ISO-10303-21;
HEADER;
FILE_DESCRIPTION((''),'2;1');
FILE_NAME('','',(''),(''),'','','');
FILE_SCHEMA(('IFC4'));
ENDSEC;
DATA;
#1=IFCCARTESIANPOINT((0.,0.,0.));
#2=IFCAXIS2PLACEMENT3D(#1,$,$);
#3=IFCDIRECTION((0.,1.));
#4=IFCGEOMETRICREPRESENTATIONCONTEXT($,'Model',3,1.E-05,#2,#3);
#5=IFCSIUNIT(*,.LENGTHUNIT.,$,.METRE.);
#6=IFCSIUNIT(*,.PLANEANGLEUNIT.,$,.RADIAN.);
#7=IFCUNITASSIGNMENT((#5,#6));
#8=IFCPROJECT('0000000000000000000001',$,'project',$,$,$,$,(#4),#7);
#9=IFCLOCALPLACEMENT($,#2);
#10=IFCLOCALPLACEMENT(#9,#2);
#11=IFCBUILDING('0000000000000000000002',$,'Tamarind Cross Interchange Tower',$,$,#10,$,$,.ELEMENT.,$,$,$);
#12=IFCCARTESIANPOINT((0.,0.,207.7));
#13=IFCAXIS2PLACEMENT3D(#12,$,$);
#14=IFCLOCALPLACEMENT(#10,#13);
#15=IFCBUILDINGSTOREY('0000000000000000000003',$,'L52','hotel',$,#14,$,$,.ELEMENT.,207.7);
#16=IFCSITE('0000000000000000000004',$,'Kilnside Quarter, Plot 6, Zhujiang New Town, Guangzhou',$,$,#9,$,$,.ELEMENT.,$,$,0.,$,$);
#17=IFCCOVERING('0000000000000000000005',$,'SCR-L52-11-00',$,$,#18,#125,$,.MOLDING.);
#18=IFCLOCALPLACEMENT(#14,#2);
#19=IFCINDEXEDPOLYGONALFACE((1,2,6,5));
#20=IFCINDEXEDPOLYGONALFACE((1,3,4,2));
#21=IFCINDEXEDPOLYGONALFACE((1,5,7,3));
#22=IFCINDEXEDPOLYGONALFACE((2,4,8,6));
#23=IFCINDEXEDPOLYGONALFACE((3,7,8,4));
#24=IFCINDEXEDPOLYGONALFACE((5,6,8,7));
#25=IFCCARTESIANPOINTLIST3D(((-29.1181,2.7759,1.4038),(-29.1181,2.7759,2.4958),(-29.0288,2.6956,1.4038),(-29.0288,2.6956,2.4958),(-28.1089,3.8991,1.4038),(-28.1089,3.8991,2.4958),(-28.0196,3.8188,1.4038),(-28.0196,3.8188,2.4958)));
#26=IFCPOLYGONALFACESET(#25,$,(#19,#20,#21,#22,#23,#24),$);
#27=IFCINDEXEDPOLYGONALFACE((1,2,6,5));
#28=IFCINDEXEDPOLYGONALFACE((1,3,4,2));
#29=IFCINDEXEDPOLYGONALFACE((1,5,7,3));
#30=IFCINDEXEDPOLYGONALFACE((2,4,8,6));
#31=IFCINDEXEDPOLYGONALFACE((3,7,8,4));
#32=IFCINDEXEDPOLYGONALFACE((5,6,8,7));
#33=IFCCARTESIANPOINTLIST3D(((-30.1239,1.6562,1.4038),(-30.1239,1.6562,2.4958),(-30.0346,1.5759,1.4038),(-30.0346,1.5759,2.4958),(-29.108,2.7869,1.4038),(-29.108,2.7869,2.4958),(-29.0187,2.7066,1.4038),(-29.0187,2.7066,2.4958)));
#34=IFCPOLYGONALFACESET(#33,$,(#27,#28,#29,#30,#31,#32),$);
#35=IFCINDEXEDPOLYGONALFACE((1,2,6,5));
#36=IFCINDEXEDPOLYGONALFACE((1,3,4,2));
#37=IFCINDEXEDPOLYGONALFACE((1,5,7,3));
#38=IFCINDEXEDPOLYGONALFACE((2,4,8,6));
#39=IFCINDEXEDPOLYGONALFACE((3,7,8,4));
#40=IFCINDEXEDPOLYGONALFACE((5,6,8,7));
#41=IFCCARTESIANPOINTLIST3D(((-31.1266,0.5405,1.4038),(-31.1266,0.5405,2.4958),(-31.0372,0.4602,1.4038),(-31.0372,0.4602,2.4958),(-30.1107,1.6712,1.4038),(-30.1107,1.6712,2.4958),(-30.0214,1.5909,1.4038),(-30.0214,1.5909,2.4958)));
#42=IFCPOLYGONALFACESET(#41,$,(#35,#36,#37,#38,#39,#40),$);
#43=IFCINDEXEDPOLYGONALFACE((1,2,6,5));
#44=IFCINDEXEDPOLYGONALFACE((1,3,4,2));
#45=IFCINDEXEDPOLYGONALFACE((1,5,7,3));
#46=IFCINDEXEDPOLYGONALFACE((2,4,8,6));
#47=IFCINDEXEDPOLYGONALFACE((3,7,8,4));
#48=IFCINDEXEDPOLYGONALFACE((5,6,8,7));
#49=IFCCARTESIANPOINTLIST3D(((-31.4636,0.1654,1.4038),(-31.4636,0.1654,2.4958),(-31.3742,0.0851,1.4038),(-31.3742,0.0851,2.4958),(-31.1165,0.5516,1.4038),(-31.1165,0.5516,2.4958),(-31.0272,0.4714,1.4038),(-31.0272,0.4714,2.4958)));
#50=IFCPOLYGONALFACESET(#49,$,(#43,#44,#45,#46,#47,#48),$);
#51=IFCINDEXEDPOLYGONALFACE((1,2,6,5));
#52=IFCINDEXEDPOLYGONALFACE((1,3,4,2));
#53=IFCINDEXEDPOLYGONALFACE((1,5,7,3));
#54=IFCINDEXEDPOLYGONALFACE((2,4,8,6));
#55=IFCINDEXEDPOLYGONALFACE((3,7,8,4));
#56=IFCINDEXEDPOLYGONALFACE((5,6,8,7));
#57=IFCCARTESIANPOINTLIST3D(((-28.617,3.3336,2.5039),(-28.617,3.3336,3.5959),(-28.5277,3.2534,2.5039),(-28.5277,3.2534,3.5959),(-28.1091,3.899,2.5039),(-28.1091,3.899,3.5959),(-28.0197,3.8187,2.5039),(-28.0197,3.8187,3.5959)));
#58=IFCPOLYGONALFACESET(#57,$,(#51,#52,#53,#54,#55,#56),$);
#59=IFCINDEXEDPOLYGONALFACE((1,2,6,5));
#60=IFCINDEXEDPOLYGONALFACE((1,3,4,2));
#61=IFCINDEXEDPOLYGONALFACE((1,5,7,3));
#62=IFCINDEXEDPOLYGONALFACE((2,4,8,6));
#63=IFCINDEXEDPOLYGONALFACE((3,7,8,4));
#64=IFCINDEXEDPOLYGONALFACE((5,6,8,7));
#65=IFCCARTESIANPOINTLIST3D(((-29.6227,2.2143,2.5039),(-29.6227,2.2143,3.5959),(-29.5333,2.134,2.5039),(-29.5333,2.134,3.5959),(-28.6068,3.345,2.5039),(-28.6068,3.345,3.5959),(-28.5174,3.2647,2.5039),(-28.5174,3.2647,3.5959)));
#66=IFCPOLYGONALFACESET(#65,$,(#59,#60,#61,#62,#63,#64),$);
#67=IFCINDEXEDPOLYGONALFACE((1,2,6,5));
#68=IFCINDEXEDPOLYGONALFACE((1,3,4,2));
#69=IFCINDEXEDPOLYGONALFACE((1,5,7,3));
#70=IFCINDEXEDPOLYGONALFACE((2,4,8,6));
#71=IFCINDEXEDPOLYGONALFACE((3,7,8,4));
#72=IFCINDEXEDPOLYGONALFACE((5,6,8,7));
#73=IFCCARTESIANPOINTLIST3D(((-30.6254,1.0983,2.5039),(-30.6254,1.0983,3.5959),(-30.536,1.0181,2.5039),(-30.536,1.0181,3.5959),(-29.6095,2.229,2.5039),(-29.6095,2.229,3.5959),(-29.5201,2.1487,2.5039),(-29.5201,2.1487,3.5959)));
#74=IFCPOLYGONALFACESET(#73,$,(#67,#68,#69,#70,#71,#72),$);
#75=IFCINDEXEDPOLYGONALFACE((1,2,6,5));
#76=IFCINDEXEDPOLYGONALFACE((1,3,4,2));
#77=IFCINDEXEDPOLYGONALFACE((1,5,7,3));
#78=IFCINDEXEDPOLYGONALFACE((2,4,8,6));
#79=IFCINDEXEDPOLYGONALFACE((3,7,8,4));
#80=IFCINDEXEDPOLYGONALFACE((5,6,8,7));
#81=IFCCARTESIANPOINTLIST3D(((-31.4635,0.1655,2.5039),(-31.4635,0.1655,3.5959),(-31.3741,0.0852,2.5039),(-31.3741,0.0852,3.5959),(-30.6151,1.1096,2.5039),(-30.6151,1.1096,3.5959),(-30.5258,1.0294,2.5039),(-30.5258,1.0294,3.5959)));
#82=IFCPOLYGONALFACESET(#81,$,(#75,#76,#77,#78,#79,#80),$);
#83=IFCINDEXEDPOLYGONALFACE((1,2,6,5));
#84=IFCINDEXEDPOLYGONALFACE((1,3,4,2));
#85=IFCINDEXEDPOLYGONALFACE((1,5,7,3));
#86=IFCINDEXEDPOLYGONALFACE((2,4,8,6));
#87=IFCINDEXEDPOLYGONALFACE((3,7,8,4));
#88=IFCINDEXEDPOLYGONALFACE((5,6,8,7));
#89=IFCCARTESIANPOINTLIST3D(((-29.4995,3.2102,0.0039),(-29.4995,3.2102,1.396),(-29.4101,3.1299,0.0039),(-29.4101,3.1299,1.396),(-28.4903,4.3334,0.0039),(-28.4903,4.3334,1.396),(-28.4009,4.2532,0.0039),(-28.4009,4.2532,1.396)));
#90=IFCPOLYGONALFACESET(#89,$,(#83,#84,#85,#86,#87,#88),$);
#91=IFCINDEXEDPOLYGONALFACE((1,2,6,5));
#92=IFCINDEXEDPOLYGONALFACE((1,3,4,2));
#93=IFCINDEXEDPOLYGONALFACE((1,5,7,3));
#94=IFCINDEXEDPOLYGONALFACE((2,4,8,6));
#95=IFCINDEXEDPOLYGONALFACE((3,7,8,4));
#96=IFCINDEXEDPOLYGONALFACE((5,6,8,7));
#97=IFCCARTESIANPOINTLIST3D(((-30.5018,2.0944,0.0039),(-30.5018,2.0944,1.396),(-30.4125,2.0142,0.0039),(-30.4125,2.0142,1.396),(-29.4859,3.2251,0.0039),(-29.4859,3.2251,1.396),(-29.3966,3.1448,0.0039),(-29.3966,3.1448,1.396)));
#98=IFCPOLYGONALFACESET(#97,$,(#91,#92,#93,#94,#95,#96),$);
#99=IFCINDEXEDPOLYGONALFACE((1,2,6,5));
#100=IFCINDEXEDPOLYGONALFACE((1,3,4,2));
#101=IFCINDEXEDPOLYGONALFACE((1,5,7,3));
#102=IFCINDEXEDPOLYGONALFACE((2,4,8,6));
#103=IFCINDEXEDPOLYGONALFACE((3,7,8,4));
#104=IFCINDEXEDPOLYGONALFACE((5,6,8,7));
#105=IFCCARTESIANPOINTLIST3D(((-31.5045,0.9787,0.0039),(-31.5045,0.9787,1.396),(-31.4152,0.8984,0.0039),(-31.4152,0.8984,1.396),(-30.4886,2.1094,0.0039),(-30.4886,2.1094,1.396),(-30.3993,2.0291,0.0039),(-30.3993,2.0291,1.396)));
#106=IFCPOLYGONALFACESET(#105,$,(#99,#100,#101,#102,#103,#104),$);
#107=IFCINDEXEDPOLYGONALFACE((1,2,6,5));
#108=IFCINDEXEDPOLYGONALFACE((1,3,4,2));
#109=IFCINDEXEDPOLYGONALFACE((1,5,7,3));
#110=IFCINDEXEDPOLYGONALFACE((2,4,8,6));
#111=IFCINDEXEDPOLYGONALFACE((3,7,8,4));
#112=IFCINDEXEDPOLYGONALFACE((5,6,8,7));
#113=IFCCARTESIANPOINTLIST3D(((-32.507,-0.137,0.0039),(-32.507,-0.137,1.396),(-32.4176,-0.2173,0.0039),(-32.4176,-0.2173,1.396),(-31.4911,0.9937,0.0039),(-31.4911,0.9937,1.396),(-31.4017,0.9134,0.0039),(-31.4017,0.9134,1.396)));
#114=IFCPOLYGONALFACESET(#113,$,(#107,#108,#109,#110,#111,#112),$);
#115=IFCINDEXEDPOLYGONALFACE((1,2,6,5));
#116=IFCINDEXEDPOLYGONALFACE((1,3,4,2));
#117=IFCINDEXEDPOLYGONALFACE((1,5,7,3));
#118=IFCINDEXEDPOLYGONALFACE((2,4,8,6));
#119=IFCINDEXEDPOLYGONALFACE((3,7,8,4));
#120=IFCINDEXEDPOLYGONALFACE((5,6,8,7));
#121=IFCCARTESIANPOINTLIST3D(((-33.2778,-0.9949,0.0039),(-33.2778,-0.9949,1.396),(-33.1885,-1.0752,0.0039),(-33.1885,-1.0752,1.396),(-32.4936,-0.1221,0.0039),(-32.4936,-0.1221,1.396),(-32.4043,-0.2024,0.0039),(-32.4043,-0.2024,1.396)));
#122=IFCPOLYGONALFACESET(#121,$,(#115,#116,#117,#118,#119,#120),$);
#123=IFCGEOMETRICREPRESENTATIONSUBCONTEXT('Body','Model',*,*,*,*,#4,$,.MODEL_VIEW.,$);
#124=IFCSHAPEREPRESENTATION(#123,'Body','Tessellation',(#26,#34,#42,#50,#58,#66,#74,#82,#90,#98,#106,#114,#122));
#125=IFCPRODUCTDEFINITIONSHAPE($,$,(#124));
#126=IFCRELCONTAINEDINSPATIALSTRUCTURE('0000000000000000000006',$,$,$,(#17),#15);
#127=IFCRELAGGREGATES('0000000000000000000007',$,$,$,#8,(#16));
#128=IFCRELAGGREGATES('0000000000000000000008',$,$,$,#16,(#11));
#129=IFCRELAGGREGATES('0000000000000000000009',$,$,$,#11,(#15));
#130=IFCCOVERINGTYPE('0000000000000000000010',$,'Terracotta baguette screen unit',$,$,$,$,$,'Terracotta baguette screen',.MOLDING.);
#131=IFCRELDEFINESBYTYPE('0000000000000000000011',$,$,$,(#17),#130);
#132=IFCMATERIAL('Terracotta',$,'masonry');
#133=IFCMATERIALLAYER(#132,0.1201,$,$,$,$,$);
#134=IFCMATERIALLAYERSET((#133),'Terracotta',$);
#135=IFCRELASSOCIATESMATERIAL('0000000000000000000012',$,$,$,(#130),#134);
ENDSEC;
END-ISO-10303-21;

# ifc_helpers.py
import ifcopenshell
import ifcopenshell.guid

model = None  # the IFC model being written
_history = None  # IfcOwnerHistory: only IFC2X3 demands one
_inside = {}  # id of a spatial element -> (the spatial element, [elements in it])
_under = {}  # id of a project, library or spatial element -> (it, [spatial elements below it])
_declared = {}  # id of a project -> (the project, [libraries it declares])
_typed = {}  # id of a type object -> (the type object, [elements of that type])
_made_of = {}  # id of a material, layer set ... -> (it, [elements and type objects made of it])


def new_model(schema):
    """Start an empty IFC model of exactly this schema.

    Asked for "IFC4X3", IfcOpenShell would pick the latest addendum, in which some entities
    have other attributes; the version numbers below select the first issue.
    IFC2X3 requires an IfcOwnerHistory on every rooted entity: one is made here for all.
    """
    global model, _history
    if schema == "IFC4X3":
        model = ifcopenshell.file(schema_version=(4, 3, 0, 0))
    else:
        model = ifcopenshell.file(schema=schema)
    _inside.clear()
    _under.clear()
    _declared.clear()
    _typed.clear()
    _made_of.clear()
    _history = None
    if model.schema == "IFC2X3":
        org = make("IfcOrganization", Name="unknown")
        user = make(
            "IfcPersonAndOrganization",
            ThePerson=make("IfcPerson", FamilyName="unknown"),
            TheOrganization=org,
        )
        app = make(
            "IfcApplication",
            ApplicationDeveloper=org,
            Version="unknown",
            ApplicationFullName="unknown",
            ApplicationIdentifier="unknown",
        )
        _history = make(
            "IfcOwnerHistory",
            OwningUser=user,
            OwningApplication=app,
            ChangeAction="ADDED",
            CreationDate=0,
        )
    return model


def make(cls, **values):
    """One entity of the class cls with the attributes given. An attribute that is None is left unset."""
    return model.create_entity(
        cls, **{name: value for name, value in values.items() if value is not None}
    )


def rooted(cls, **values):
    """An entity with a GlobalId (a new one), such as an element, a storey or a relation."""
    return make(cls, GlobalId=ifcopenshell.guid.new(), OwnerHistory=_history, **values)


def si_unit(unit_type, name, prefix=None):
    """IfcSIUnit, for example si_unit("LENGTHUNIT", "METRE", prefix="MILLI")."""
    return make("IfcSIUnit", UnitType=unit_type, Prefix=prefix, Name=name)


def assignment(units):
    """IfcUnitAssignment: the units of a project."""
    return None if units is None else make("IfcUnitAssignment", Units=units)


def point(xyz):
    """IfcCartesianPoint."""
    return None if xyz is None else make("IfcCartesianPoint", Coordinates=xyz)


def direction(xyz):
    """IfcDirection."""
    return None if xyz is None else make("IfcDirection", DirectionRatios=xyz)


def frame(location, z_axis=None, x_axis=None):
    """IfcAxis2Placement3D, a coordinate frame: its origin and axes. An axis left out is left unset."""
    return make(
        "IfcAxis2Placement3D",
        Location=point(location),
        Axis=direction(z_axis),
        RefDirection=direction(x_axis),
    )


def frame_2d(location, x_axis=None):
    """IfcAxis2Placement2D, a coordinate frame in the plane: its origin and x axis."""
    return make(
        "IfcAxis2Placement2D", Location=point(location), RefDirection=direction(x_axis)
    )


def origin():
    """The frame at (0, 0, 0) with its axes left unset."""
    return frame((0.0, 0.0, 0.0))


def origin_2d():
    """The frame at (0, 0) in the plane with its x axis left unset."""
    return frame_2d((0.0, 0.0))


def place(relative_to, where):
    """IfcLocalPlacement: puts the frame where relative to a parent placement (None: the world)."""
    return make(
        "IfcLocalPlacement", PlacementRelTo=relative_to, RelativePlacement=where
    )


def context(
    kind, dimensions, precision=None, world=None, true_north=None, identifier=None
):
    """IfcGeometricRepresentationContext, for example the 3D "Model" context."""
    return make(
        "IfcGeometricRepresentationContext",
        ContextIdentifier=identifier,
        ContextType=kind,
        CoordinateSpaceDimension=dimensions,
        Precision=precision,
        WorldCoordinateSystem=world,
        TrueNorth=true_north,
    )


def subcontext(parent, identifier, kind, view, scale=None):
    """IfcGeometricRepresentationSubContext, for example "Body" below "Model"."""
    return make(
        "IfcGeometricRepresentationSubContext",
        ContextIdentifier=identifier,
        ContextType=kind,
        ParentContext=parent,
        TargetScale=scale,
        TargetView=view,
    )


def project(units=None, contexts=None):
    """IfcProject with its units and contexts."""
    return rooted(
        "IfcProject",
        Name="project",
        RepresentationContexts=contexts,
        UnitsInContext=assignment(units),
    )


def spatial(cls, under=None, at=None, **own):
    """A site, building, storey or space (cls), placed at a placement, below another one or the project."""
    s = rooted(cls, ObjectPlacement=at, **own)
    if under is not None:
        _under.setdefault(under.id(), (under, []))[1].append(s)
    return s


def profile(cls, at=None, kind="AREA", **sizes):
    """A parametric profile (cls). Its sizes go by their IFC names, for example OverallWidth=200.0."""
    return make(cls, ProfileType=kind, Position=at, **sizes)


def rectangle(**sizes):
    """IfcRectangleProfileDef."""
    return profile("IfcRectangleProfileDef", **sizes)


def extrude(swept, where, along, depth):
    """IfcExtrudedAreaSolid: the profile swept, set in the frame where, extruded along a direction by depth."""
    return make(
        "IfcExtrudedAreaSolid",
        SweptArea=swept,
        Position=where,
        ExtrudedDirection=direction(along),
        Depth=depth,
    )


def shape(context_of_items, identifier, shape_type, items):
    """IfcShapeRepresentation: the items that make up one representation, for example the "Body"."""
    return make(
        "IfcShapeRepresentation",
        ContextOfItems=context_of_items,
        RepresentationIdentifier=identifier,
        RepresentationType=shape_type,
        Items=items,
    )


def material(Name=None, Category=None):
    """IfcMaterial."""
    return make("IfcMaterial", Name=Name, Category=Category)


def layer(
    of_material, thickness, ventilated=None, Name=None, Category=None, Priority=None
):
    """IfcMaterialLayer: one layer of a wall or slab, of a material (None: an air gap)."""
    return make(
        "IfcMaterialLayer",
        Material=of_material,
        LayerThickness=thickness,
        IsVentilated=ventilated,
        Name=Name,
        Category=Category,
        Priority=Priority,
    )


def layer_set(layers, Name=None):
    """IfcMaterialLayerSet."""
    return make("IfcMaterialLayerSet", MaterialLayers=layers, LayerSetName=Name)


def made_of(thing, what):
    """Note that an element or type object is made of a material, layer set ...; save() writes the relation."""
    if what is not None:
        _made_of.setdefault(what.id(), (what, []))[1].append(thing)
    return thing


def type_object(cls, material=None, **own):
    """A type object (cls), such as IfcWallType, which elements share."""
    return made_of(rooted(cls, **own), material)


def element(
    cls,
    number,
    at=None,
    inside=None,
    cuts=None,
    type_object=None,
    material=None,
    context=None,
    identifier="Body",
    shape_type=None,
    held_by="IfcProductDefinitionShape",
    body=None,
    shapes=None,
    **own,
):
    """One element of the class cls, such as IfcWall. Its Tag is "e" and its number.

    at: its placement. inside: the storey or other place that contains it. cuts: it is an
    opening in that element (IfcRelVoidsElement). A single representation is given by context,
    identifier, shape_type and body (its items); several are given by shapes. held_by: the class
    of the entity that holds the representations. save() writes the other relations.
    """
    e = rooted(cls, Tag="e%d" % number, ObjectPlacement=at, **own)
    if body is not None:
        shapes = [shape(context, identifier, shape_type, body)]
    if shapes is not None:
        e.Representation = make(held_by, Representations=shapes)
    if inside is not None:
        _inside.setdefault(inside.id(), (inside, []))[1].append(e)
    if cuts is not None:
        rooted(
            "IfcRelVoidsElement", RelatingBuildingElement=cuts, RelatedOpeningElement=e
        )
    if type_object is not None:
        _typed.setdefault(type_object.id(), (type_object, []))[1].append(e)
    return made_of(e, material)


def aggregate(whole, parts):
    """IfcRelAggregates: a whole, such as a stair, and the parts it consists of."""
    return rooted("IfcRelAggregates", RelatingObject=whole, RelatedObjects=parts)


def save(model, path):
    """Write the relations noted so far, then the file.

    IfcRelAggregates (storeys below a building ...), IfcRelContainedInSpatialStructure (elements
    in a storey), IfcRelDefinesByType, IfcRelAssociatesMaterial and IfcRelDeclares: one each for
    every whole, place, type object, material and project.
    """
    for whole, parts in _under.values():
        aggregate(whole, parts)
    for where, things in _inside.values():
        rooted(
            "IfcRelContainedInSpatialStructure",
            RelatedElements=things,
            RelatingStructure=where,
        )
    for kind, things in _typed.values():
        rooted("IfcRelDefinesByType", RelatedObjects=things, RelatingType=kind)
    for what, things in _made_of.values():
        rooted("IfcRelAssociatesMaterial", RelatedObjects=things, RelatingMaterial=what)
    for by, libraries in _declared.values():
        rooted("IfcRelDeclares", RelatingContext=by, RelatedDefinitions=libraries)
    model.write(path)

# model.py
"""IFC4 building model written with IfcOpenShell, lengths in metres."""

from ifc_helpers import new_model, si_unit, direction, frame, origin, origin_2d, place, context, subcontext, project, spatial, rectangle, extrude, material, layer, layer_set, type_object, element, save


model = new_model("IFC4")

# Units and contexts
model_context = context("Model", 3, precision=1e-05, world=origin(), true_north=direction((0.0, 1.0)))
body_context = subcontext(model_context, "Body", "Model", "MODEL_VIEW")
ifc_project = project(units=[si_unit("LENGTHUNIT", "METRE"), si_unit("PLANEANGLEUNIT", "RADIAN")], contexts=[model_context])

# Site, building, storey
site_placement = place(None, origin())
site = spatial("IfcSite", under=ifc_project, at=site_placement, Name="Kilnside Quarter, Plot 6, Zhujiang New Town, Guangzhou", CompositionType="ELEMENT", RefElevation=0.0)
building_placement = place(site_placement, origin())
building = spatial("IfcBuilding", under=site, at=building_placement, Name="Tamarind Cross Interchange Tower", CompositionType="ELEMENT")
storey_placement = place(building_placement, frame((0.0, 0.0, 207.7)))
storey = spatial("IfcBuildingStorey", under=building, at=storey_placement, Name="L52", Description="hotel", CompositionType="ELEMENT", Elevation=207.7)

# Covering
ifc_material_1 = material(Name="Terracotta", Category="masonry")
ifc_layer_1 = layer(ifc_material_1, 0.1201)
ifc_layer_set_1 = layer_set([ifc_layer_1], Name="Terracotta")
covering_type = type_object("IfcCoveringType", Name="Terracotta baguette screen unit", ElementType="Terracotta baguette screen", PredefinedType="MOLDING", material=ifc_layer_set_1)
covering_1_placement = place(storey_placement, origin())
element("IfcCovering", 1, at=covering_1_placement, inside=storey, type_object=covering_type, Name="SCR-L52-11-00", PredefinedType="MOLDING", context=body_context, shape_type="SweptSolid", body=[
    extrude(rectangle(XDim=1.51, YDim=0.1201, at=origin_2d()), frame((-28.5688, 3.2974, 1.4038), z_axis=(0.0, 0.0, 1.0), x_axis=(-0.668342, -0.743854, 0.0)), (0.0, 0.0, 1.0), 1.092),
    extrude(rectangle(XDim=1.52, YDim=0.1201, at=origin_2d()), frame((-29.5713, 2.1814, 1.4038), z_axis=(0.0, 0.0, 1.0), x_axis=(-0.668342, -0.743854, 0.0)), (0.0, 0.0, 1.0), 1.092),
    extrude(rectangle(XDim=1.52, YDim=0.1201, at=origin_2d()), frame((-30.574, 1.0657, 1.4038), z_axis=(0.0, 0.0, 1.0), x_axis=(-0.668342, -0.743854, 0.0)), (0.0, 0.0, 1.0), 1.092),
    extrude(rectangle(XDim=0.5193, YDim=0.1201, at=origin_2d()), frame((-31.2454, 0.3184, 1.4038), z_axis=(0.0, 0.0, 1.0), x_axis=(-0.668342, -0.743854, 0.0)), (0.0, 0.0, 1.0), 1.092),
    extrude(rectangle(XDim=0.76, YDim=0.1201, at=origin_2d()), frame((-28.3184, 3.5762, 2.5039), z_axis=(0.0, 0.0, 1.0), x_axis=(-0.668342, -0.743854, 0.0)), (0.0, 0.0, 1.0), 1.092),
    extrude(rectangle(XDim=1.52, YDim=0.1201, at=origin_2d()), frame((-29.0701, 2.7395, 2.5039), z_axis=(0.0, 0.0, 1.0), x_axis=(-0.668342, -0.743854, 0.0)), (0.0, 0.0, 1.0), 1.092),
    extrude(rectangle(XDim=1.52, YDim=0.1201, at=origin_2d()), frame((-30.0728, 1.6235, 2.5039), z_axis=(0.0, 0.0, 1.0), x_axis=(-0.668342, -0.743854, 0.0)), (0.0, 0.0, 1.0), 1.092),
    extrude(rectangle(XDim=1.2693, YDim=0.1201, at=origin_2d()), frame((-30.9946, 0.5974, 2.5039), z_axis=(0.0, 0.0, 1.0), x_axis=(-0.668342, -0.743854, 0.0)), (0.0, 0.0, 1.0), 1.092),
    extrude(rectangle(XDim=1.51, YDim=0.1201, at=origin_2d()), frame((-28.9502, 3.7317, 0.0039), z_axis=(0.0, 0.0, 1.0), x_axis=(-0.668342, -0.743854, 0.0)), (0.0, 0.0, 1.0), 1.3921),
    extrude(rectangle(XDim=1.52, YDim=0.1201, at=origin_2d()), frame((-29.9492, 2.6196, 0.0039), z_axis=(0.0, 0.0, 1.0), x_axis=(-0.668342, -0.743854, 0.0)), (0.0, 0.0, 1.0), 1.3921),
    extrude(rectangle(XDim=1.52, YDim=0.1201, at=origin_2d()), frame((-30.9519, 1.5039, 0.0039), z_axis=(0.0, 0.0, 1.0), x_axis=(-0.668342, -0.743854, 0.0)), (0.0, 0.0, 1.0), 1.3921),
    extrude(rectangle(XDim=1.52, YDim=0.1201, at=origin_2d()), frame((-31.9543, 0.3882, 0.0039), z_axis=(0.0, 0.0, 1.0), x_axis=(-0.668342, -0.743854, 0.0)), (0.0, 0.0, 1.0), 1.3921),
    extrude(rectangle(XDim=1.1733, YDim=0.1201, at=origin_2d()), frame((-32.8411, -0.5986, 0.0039), z_axis=(0.0, 0.0, 1.0), x_axis=(-0.668342, -0.743854, 0.0)), (0.0, 0.0, 1.0), 1.3921),
])

save(model, "model.ifc")
